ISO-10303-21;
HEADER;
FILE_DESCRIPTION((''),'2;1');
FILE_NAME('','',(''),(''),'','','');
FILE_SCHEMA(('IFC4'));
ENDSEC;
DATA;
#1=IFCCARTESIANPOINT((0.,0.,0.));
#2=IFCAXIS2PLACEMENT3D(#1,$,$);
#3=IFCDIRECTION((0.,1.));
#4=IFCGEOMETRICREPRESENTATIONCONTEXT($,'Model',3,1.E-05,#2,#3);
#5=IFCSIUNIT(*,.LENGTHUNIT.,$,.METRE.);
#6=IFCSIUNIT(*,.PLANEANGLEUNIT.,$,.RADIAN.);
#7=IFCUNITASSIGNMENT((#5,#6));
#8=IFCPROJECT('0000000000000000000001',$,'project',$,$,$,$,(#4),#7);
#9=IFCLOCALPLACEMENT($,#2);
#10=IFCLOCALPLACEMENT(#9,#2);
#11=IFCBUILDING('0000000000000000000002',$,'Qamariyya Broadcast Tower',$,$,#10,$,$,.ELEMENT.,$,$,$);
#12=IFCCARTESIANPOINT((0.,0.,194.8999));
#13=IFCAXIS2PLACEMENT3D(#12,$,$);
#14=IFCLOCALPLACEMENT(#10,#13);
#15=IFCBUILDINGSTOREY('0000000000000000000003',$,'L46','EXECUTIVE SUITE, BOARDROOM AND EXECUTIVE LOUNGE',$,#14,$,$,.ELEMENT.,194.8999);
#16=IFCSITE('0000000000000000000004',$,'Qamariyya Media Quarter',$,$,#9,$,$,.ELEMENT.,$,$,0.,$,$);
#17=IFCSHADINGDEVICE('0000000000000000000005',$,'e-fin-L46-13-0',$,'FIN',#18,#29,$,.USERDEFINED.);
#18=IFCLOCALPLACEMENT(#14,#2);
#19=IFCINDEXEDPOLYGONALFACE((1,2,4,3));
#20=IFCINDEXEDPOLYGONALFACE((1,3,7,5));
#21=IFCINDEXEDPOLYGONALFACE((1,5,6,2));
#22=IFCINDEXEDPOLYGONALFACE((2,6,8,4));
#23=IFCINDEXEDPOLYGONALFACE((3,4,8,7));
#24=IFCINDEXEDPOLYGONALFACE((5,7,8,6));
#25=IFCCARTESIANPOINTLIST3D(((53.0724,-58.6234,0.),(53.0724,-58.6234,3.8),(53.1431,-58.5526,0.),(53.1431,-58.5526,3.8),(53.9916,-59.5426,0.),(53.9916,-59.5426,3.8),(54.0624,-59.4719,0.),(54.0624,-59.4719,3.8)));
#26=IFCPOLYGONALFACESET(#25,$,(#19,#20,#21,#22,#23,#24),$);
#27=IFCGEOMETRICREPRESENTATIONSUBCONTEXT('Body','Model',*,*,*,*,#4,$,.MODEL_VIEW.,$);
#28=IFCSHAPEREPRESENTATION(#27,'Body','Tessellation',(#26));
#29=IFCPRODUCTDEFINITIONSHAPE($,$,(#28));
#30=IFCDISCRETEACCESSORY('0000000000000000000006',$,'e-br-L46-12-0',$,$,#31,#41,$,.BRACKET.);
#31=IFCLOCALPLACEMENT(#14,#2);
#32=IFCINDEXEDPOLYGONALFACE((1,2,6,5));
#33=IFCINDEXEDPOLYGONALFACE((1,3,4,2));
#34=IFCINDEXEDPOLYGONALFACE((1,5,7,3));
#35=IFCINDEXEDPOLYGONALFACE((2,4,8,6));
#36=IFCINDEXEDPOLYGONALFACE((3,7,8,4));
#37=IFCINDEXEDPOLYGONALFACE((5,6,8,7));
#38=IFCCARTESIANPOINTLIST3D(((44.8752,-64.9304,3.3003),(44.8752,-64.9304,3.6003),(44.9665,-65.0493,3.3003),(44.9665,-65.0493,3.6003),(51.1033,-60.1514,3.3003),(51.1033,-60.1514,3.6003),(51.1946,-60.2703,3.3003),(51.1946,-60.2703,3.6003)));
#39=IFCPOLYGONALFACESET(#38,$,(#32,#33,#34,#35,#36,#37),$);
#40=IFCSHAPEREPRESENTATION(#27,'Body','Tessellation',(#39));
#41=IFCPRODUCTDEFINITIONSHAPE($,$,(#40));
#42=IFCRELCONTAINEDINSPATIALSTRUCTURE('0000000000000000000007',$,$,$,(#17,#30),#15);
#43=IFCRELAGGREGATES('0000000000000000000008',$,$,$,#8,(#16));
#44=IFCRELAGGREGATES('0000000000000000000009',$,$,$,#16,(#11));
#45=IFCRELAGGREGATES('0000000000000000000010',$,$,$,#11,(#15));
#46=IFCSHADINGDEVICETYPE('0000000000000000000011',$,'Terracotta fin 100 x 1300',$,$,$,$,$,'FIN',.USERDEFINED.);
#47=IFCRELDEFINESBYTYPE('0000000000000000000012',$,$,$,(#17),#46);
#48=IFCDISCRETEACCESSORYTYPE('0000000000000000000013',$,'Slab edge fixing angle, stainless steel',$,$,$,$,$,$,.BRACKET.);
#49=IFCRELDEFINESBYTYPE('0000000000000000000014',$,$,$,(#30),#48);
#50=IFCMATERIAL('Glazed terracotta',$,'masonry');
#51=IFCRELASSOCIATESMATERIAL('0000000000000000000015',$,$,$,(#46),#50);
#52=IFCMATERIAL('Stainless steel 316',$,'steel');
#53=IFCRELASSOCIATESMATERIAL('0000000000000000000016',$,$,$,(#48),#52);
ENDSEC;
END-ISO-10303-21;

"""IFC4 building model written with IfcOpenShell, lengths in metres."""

from ifc_helpers import new_model, si_unit, direction, frame, origin, origin_2d, place, context, subcontext, project, spatial, rectangle, extrude, material, material_profile, profile_set, type_object, element, save


model = new_model("IFC4")

# Units and contexts
model_context = context("Model", 3, precision=1e-05, world=origin(), true_north=direction((0.0, 1.0)))
body_context = subcontext(model_context, "Body", "Model", "MODEL_VIEW")
ifc_project = project(units=[si_unit("LENGTHUNIT", "METRE"), si_unit("PLANEANGLEUNIT", "RADIAN")], contexts=[model_context])

# Site, building, storey
site_placement = place(None, origin())
site = spatial("IfcSite", under=ifc_project, at=site_placement, Name="Qamariyya Media Quarter", CompositionType="ELEMENT", RefElevation=0.0)
building_placement = place(site_placement, origin())
building = spatial("IfcBuilding", under=site, at=building_placement, Name="Qamariyya Broadcast Tower", CompositionType="ELEMENT")
storey_placement = place(building_placement, frame((0.0, 0.0, 194.8999)))
storey = spatial("IfcBuildingStorey", under=building, at=storey_placement, Name="L46", Description="EXECUTIVE SUITE, BOARDROOM AND EXECUTIVE LOUNGE", CompositionType="ELEMENT", Elevation=194.8999)

# Shading device
ifc_material_1 = material(Name="Glazed terracotta", Category="masonry")
ifc_material_profile_1 = material_profile(ifc_material_1, rectangle(XDim=1.3, YDim=0.1001, at=origin_2d()))
ifc_profile_set_1 = profile_set([ifc_material_profile_1], Name="Glazed terracotta")
shading_device_type_1 = type_object("IfcShadingDeviceType", Name="Terracotta fin 100 x 1300", ElementType="FIN", PredefinedType="USERDEFINED", material=ifc_profile_set_1)
for number, where, z_axis, x_axis, name in (
    (1, (53.5674, -59.0476, 0.0), (0.0, 0.0, 1.0), (0.707107, -0.707107, 0.0), "e-fin-L46-13-0"),
):
    element("IfcShadingDevice", number, at=place(storey_placement, frame(where, z_axis=z_axis, x_axis=x_axis)), inside=storey, type_object=shading_device_type_1, Name=name, ObjectType="FIN", PredefinedType="USERDEFINED", context=body_context, shape_type="SweptSolid", body=[
        extrude(rectangle(XDim=1.3, YDim=0.1001, at=origin_2d()), origin(), (0.0, 0.0, 1.0), 3.8),
    ])

# Discrete accessory
ifc_material_2 = material(Name="Stainless steel 316", Category="steel")
discrete_accessory_type = type_object("IfcDiscreteAccessoryType", Name="Slab edge fixing angle, stainless steel", PredefinedType="BRACKET", material=ifc_material_2)
discrete_accessory_placement = place(storey_placement, frame((48.0349, -62.6003, 3.3003), z_axis=(0.0, 0.0, 1.0), x_axis=(0.793353, 0.608761, 0.0)))
element("IfcDiscreteAccessory", 2, at=discrete_accessory_placement, inside=storey, type_object=discrete_accessory_type, Name="e-br-L46-12-0", PredefinedType="BRACKET", context=body_context, shape_type="SweptSolid", body=[
    extrude(rectangle(XDim=7.8503, YDim=0.1499, at=origin_2d()), origin(), (0.0, 0.0, 1.0), 0.3),
])

save(model, "model.ifc")
